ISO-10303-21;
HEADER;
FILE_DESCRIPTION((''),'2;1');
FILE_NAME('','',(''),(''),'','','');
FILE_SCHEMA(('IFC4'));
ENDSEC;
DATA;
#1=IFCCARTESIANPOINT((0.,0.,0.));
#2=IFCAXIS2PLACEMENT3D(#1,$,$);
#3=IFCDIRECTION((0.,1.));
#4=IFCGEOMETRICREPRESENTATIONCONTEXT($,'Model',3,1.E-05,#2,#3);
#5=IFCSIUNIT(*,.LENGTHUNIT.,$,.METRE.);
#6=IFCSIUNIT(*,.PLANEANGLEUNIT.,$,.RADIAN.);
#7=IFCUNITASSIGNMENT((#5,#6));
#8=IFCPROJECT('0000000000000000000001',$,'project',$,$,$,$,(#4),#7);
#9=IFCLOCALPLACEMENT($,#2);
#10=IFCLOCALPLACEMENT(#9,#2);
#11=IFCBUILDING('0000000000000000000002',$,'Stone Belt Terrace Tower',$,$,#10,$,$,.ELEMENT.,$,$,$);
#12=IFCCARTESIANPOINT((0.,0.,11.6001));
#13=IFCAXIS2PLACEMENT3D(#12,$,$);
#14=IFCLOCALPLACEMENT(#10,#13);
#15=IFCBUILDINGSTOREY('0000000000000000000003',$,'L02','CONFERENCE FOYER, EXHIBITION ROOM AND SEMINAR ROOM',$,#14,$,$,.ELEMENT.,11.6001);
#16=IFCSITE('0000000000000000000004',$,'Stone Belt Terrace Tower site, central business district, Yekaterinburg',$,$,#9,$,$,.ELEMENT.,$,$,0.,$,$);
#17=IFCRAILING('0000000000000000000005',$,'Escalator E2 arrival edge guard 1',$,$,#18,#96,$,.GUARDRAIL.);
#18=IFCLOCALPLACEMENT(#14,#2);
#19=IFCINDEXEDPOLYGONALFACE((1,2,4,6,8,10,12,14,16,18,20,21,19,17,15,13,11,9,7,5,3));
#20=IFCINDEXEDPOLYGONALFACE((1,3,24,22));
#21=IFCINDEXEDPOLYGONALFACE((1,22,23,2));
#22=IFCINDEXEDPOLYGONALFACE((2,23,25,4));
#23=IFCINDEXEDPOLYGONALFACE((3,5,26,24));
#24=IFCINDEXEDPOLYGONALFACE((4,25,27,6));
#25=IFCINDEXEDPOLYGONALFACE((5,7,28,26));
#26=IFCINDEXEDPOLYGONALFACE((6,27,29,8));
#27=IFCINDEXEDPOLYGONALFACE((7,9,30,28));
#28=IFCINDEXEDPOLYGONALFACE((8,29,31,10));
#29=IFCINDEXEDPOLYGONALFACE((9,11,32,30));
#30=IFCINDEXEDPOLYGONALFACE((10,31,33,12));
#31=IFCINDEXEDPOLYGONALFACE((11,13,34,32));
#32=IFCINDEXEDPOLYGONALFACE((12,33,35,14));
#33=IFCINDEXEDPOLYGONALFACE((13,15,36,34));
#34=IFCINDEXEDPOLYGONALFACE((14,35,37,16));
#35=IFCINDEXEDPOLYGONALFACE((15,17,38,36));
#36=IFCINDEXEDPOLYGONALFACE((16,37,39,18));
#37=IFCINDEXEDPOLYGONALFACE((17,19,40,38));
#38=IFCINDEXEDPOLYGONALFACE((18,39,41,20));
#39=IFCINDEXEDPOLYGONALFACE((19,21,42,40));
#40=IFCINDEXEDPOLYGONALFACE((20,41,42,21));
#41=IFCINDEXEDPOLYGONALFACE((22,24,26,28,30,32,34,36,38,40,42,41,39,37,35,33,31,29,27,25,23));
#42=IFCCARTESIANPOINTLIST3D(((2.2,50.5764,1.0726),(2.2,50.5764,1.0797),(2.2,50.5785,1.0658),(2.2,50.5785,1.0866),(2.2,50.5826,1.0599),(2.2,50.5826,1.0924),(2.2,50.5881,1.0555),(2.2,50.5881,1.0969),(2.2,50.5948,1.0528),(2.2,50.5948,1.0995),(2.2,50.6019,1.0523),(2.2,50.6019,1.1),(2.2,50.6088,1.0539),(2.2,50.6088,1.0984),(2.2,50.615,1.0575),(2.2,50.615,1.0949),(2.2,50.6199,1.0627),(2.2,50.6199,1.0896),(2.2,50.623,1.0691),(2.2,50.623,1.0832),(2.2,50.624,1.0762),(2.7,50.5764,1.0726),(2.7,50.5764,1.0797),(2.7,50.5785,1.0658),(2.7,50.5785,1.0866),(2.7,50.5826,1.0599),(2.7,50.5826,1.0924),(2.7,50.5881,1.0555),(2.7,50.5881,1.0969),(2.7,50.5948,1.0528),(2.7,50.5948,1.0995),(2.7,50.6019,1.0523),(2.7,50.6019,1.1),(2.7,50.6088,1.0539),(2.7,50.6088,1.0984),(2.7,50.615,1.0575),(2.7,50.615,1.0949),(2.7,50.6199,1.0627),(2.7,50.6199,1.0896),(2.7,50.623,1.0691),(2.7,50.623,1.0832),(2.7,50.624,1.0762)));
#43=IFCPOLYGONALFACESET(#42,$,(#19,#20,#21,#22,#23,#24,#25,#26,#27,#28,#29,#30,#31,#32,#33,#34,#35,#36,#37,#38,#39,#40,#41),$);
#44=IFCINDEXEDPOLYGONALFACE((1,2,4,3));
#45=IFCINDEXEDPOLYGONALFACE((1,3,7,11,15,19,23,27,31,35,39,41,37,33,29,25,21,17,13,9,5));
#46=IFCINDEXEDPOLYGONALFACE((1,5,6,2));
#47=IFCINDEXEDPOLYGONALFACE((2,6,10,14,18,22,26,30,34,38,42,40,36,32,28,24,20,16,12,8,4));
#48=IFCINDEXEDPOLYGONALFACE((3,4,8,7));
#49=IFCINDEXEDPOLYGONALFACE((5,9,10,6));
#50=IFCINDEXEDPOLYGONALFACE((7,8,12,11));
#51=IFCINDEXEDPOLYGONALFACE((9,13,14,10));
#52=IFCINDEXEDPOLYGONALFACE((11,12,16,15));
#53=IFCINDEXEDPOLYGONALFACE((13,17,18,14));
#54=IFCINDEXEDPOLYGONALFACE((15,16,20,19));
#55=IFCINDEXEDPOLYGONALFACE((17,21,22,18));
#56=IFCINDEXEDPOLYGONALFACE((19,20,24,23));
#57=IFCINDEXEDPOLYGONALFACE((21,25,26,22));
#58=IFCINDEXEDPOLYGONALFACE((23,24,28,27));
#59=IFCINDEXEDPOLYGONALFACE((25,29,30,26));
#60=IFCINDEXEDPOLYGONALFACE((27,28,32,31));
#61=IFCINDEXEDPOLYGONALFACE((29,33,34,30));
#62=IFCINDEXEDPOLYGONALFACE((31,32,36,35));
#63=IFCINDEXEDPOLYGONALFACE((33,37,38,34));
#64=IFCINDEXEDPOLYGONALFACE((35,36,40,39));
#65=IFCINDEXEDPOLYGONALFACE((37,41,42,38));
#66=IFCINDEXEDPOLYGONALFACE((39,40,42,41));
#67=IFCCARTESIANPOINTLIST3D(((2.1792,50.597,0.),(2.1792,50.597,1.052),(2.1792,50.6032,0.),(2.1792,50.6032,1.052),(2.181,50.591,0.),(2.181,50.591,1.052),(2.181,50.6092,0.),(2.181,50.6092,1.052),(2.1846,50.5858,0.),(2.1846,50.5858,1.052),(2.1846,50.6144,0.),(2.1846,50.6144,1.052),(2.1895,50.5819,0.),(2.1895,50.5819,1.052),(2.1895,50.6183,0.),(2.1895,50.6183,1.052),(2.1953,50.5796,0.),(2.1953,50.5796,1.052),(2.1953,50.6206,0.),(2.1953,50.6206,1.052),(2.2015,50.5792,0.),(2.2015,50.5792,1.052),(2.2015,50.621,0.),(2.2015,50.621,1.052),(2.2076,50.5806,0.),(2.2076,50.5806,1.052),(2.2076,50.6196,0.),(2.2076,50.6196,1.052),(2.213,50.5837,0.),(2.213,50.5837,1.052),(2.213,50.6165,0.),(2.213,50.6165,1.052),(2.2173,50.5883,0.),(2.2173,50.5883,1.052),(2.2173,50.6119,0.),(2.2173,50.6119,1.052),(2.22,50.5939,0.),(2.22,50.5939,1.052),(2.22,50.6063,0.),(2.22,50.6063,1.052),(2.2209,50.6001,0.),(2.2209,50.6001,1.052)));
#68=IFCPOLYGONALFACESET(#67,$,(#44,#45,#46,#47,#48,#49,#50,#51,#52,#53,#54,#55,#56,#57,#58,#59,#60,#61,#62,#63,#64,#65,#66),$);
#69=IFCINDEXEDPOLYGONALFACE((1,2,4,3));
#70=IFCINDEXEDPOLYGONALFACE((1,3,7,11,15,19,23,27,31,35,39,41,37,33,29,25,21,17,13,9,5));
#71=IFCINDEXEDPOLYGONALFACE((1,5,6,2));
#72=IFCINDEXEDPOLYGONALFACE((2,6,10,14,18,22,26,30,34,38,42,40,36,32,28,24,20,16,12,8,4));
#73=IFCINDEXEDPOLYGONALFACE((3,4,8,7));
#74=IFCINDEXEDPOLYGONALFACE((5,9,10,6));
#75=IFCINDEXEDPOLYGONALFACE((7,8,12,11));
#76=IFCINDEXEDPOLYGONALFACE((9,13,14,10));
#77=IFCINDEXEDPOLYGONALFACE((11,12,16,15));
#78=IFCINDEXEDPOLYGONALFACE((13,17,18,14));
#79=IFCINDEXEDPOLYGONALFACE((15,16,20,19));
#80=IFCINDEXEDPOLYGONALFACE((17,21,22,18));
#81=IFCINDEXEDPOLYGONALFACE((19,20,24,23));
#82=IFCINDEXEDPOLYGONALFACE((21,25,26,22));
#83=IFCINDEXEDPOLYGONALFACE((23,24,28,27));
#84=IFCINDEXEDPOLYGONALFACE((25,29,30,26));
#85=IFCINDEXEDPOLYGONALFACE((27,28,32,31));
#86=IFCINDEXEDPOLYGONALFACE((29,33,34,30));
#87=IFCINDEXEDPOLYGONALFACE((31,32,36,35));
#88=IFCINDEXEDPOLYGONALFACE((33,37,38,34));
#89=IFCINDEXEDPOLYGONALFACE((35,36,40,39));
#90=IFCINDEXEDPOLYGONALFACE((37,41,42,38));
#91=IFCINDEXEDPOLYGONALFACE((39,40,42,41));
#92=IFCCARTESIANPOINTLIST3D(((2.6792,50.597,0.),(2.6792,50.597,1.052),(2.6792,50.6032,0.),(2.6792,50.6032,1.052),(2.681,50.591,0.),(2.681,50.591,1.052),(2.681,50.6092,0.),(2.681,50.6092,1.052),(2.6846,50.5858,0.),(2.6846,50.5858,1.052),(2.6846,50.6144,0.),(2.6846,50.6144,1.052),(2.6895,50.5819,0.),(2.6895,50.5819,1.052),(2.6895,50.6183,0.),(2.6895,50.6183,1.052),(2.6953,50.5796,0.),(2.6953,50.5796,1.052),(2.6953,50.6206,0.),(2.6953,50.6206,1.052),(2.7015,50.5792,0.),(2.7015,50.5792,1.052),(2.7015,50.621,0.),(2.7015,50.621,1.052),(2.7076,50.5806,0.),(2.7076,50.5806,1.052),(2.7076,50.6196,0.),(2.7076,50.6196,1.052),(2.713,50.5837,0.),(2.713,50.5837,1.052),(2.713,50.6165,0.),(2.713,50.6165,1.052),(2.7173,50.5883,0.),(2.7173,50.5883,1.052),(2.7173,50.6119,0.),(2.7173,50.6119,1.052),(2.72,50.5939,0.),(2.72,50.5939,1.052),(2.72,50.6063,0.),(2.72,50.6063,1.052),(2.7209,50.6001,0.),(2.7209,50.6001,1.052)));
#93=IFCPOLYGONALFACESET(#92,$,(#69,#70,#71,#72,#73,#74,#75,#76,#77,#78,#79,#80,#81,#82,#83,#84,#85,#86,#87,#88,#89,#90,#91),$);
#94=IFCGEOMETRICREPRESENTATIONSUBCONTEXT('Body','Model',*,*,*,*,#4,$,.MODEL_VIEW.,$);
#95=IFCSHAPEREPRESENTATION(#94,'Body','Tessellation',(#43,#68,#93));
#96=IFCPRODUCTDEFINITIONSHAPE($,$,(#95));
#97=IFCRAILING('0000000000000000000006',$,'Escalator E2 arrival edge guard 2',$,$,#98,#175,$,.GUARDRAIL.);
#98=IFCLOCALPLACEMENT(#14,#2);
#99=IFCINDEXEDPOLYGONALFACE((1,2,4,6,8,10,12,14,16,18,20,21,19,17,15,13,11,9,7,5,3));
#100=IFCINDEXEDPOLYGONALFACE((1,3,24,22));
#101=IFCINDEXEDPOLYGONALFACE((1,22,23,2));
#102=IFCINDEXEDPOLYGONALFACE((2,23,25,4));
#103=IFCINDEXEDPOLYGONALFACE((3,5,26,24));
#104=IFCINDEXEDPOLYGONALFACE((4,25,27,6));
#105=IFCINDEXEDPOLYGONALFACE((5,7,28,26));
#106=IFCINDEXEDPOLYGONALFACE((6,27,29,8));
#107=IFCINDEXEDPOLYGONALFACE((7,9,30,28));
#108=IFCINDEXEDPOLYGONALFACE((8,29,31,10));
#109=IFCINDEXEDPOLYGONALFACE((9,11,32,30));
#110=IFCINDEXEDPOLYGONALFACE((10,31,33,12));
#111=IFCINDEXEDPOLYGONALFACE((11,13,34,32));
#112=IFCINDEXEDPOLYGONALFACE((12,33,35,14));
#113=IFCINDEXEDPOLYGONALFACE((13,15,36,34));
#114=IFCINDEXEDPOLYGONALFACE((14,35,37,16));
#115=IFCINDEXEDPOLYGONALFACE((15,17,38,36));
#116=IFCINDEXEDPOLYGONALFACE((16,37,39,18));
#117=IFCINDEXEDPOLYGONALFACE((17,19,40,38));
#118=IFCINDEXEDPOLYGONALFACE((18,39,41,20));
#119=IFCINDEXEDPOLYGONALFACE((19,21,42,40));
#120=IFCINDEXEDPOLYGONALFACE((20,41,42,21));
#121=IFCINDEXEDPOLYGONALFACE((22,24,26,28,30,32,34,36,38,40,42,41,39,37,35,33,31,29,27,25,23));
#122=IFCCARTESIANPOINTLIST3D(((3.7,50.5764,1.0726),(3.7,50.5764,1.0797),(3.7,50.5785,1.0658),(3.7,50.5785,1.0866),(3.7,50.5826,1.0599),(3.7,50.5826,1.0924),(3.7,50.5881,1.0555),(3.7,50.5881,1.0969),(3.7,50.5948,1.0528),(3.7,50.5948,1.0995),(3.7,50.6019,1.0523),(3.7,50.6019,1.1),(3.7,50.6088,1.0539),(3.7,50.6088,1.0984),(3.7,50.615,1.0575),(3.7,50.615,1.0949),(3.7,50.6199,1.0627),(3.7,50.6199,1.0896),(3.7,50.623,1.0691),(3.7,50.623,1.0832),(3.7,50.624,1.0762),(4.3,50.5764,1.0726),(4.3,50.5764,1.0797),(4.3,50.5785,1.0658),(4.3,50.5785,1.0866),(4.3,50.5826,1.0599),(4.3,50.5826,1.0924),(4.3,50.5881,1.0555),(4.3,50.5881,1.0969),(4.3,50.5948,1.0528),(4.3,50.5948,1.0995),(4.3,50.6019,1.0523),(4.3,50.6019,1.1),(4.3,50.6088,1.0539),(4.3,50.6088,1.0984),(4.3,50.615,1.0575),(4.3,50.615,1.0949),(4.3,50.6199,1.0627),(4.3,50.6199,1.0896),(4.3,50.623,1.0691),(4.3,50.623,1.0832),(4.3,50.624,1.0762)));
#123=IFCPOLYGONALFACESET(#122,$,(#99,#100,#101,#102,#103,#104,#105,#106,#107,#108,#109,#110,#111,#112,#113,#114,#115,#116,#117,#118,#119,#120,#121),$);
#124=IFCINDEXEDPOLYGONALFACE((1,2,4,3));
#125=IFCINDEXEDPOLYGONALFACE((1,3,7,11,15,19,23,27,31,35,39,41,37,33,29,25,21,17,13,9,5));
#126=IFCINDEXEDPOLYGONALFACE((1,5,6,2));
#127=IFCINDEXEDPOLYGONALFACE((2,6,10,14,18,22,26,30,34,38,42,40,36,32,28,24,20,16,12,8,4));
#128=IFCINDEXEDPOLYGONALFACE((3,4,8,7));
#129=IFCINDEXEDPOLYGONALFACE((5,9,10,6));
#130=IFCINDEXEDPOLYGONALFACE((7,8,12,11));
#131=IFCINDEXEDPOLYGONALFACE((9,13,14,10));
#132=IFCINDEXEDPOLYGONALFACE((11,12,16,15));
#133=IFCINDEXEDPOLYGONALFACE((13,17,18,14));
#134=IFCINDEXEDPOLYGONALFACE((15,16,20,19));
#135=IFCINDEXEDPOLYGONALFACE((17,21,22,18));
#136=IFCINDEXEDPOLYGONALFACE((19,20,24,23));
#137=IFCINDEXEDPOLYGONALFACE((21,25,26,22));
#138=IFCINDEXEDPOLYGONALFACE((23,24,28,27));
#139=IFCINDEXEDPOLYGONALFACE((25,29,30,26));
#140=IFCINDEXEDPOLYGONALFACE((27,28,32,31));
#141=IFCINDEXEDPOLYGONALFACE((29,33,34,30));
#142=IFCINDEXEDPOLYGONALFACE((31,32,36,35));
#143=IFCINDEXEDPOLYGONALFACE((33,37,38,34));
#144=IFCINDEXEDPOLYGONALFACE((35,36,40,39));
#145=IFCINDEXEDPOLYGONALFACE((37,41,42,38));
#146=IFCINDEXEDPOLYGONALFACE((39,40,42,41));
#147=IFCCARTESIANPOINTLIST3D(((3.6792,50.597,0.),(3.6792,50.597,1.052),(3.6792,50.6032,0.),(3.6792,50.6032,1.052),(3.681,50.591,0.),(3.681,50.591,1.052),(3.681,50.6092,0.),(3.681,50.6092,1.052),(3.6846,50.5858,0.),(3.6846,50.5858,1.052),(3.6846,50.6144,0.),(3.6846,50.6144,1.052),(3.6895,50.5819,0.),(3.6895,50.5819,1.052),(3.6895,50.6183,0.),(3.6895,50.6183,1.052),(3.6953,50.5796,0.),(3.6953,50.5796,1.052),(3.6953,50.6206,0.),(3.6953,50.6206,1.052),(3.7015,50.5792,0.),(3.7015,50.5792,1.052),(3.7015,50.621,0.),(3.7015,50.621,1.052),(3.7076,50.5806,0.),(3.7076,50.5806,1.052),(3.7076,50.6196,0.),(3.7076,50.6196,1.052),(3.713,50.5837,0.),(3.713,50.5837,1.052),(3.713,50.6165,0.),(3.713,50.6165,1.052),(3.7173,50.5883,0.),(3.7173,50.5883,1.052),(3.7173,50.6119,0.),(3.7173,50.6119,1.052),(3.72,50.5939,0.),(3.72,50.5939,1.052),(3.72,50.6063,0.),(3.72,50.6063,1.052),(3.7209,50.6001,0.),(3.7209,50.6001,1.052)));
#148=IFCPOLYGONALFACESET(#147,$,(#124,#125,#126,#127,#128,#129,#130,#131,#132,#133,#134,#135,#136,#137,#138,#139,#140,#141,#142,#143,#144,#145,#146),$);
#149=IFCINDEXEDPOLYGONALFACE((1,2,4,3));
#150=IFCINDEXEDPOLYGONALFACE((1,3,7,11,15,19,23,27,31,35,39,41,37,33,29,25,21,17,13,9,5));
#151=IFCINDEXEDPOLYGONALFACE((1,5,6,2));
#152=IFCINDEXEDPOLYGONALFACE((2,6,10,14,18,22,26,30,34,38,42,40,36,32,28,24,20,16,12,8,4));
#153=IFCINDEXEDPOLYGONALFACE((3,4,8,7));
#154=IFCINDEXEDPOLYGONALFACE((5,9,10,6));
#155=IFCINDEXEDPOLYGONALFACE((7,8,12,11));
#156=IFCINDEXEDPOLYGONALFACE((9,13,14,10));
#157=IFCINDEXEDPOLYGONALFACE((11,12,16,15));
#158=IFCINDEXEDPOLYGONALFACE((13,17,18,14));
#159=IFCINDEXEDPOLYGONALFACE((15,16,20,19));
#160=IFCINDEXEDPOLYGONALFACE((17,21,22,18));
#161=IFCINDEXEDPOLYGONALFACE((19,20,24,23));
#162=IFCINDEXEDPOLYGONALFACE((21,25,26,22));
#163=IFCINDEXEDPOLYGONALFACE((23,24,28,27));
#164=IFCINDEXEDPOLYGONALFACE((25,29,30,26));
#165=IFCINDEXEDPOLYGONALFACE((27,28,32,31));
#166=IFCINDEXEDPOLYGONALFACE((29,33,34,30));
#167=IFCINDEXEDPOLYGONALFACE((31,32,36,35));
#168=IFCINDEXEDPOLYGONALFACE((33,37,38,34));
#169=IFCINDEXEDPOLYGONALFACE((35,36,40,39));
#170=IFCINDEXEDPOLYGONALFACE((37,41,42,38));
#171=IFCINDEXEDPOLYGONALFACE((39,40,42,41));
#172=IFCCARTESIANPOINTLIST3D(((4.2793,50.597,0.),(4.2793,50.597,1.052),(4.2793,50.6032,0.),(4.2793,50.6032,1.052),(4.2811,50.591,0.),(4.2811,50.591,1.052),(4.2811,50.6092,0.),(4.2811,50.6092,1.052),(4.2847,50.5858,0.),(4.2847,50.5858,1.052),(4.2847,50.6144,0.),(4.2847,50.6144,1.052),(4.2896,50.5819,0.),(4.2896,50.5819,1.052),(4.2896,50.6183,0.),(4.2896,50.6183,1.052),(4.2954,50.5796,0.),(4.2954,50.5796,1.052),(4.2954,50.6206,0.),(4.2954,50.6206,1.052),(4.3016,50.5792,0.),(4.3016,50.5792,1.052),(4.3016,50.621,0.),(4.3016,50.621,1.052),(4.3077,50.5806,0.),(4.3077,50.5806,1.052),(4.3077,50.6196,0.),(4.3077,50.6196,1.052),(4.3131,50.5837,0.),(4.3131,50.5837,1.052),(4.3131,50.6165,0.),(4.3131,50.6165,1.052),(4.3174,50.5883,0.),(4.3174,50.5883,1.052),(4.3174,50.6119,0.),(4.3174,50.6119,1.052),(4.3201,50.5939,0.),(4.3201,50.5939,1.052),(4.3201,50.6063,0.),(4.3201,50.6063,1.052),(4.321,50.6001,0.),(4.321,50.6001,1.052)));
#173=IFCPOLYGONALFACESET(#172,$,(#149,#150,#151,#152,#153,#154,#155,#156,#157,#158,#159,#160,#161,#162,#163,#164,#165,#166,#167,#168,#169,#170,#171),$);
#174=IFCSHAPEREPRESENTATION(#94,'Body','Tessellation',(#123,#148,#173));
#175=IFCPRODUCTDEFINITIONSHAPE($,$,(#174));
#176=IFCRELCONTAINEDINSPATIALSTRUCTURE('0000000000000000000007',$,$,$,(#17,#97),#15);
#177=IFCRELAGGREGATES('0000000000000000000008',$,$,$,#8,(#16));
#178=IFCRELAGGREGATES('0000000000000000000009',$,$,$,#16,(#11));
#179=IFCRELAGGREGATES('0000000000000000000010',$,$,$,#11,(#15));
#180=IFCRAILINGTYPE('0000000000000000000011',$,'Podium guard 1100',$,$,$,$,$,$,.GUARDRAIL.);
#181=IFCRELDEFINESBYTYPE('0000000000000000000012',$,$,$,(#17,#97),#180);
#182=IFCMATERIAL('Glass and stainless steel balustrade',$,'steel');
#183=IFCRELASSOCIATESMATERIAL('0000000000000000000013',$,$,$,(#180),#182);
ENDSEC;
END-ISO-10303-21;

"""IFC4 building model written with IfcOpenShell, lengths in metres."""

from ifc_helpers import new_model, si_unit, direction, frame, origin, origin_2d, place, context, subcontext, project, spatial, circle, extrude, material, type_object, element, save


model = new_model("IFC4")

# Units and contexts
model_context = context("Model", 3, precision=1e-05, world=origin(), true_north=direction((0.0, 1.0)))
body_context = subcontext(model_context, "Body", "Model", "MODEL_VIEW")
ifc_project = project(units=[si_unit("LENGTHUNIT", "METRE"), si_unit("PLANEANGLEUNIT", "RADIAN")], contexts=[model_context])

# Site, building, storey
site_placement = place(None, origin())
site = spatial("IfcSite", under=ifc_project, at=site_placement, Name="Stone Belt Terrace Tower site, central business district, Yekaterinburg", CompositionType="ELEMENT", RefElevation=0.0)
building_placement = place(site_placement, origin())
building = spatial("IfcBuilding", under=site, at=building_placement, Name="Stone Belt Terrace Tower", CompositionType="ELEMENT")
storey_placement = place(building_placement, frame((0.0, 0.0, 11.6001)))
storey = spatial("IfcBuildingStorey", under=building, at=storey_placement, Name="L02", Description="CONFERENCE FOYER, EXHIBITION ROOM AND SEMINAR ROOM", CompositionType="ELEMENT", Elevation=11.6001)

# Railings
ifc_material_1 = material(Name="Glass and stainless steel balustrade", Category="steel")
railing_type_1 = type_object("IfcRailingType", Name="Podium guard 1100", PredefinedType="GUARDRAIL", material=ifc_material_1)
railing_1_placement = place(storey_placement, frame((2.2, 50.6001, 0.0)))
element("IfcRailing", 1, at=railing_1_placement, inside=storey, type_object=railing_type_1, Name="Escalator E2 arrival edge guard 1", PredefinedType="GUARDRAIL", context=body_context, shape_type="SweptSolid", body=[
    extrude(circle(Radius=0.0239, at=origin_2d()), frame((0.0, 0.0, 1.0762), z_axis=(1.0, 0.0, 0.0), x_axis=(0.0, 1.0, 0.0)), (0.0, 0.0, 1.0), 0.5),
    extrude(circle(Radius=0.021, at=origin_2d()), origin(), (0.0, 0.0, 1.0), 1.052),
    extrude(circle(Radius=0.021, at=origin_2d()), frame((0.5, 0.0, 0.0)), (0.0, 0.0, 1.0), 1.052),
])
railing_2_placement = place(storey_placement, frame((3.7, 50.6001, 0.0)))
element("IfcRailing", 2, at=railing_2_placement, inside=storey, type_object=railing_type_1, Name="Escalator E2 arrival edge guard 2", PredefinedType="GUARDRAIL", context=body_context, shape_type="SweptSolid", body=[
    extrude(circle(Radius=0.0239, at=origin_2d()), frame((0.0, 0.0, 1.0762), z_axis=(1.0, 0.0, 0.0), x_axis=(0.0, 1.0, 0.0)), (0.0, 0.0, 1.0), 0.6001),
    extrude(circle(Radius=0.021, at=origin_2d()), origin(), (0.0, 0.0, 1.0), 1.052),
    extrude(circle(Radius=0.021, at=origin_2d()), frame((0.6001, 0.0, 0.0)), (0.0, 0.0, 1.0), 1.052),
])

save(model, "model.ifc")
